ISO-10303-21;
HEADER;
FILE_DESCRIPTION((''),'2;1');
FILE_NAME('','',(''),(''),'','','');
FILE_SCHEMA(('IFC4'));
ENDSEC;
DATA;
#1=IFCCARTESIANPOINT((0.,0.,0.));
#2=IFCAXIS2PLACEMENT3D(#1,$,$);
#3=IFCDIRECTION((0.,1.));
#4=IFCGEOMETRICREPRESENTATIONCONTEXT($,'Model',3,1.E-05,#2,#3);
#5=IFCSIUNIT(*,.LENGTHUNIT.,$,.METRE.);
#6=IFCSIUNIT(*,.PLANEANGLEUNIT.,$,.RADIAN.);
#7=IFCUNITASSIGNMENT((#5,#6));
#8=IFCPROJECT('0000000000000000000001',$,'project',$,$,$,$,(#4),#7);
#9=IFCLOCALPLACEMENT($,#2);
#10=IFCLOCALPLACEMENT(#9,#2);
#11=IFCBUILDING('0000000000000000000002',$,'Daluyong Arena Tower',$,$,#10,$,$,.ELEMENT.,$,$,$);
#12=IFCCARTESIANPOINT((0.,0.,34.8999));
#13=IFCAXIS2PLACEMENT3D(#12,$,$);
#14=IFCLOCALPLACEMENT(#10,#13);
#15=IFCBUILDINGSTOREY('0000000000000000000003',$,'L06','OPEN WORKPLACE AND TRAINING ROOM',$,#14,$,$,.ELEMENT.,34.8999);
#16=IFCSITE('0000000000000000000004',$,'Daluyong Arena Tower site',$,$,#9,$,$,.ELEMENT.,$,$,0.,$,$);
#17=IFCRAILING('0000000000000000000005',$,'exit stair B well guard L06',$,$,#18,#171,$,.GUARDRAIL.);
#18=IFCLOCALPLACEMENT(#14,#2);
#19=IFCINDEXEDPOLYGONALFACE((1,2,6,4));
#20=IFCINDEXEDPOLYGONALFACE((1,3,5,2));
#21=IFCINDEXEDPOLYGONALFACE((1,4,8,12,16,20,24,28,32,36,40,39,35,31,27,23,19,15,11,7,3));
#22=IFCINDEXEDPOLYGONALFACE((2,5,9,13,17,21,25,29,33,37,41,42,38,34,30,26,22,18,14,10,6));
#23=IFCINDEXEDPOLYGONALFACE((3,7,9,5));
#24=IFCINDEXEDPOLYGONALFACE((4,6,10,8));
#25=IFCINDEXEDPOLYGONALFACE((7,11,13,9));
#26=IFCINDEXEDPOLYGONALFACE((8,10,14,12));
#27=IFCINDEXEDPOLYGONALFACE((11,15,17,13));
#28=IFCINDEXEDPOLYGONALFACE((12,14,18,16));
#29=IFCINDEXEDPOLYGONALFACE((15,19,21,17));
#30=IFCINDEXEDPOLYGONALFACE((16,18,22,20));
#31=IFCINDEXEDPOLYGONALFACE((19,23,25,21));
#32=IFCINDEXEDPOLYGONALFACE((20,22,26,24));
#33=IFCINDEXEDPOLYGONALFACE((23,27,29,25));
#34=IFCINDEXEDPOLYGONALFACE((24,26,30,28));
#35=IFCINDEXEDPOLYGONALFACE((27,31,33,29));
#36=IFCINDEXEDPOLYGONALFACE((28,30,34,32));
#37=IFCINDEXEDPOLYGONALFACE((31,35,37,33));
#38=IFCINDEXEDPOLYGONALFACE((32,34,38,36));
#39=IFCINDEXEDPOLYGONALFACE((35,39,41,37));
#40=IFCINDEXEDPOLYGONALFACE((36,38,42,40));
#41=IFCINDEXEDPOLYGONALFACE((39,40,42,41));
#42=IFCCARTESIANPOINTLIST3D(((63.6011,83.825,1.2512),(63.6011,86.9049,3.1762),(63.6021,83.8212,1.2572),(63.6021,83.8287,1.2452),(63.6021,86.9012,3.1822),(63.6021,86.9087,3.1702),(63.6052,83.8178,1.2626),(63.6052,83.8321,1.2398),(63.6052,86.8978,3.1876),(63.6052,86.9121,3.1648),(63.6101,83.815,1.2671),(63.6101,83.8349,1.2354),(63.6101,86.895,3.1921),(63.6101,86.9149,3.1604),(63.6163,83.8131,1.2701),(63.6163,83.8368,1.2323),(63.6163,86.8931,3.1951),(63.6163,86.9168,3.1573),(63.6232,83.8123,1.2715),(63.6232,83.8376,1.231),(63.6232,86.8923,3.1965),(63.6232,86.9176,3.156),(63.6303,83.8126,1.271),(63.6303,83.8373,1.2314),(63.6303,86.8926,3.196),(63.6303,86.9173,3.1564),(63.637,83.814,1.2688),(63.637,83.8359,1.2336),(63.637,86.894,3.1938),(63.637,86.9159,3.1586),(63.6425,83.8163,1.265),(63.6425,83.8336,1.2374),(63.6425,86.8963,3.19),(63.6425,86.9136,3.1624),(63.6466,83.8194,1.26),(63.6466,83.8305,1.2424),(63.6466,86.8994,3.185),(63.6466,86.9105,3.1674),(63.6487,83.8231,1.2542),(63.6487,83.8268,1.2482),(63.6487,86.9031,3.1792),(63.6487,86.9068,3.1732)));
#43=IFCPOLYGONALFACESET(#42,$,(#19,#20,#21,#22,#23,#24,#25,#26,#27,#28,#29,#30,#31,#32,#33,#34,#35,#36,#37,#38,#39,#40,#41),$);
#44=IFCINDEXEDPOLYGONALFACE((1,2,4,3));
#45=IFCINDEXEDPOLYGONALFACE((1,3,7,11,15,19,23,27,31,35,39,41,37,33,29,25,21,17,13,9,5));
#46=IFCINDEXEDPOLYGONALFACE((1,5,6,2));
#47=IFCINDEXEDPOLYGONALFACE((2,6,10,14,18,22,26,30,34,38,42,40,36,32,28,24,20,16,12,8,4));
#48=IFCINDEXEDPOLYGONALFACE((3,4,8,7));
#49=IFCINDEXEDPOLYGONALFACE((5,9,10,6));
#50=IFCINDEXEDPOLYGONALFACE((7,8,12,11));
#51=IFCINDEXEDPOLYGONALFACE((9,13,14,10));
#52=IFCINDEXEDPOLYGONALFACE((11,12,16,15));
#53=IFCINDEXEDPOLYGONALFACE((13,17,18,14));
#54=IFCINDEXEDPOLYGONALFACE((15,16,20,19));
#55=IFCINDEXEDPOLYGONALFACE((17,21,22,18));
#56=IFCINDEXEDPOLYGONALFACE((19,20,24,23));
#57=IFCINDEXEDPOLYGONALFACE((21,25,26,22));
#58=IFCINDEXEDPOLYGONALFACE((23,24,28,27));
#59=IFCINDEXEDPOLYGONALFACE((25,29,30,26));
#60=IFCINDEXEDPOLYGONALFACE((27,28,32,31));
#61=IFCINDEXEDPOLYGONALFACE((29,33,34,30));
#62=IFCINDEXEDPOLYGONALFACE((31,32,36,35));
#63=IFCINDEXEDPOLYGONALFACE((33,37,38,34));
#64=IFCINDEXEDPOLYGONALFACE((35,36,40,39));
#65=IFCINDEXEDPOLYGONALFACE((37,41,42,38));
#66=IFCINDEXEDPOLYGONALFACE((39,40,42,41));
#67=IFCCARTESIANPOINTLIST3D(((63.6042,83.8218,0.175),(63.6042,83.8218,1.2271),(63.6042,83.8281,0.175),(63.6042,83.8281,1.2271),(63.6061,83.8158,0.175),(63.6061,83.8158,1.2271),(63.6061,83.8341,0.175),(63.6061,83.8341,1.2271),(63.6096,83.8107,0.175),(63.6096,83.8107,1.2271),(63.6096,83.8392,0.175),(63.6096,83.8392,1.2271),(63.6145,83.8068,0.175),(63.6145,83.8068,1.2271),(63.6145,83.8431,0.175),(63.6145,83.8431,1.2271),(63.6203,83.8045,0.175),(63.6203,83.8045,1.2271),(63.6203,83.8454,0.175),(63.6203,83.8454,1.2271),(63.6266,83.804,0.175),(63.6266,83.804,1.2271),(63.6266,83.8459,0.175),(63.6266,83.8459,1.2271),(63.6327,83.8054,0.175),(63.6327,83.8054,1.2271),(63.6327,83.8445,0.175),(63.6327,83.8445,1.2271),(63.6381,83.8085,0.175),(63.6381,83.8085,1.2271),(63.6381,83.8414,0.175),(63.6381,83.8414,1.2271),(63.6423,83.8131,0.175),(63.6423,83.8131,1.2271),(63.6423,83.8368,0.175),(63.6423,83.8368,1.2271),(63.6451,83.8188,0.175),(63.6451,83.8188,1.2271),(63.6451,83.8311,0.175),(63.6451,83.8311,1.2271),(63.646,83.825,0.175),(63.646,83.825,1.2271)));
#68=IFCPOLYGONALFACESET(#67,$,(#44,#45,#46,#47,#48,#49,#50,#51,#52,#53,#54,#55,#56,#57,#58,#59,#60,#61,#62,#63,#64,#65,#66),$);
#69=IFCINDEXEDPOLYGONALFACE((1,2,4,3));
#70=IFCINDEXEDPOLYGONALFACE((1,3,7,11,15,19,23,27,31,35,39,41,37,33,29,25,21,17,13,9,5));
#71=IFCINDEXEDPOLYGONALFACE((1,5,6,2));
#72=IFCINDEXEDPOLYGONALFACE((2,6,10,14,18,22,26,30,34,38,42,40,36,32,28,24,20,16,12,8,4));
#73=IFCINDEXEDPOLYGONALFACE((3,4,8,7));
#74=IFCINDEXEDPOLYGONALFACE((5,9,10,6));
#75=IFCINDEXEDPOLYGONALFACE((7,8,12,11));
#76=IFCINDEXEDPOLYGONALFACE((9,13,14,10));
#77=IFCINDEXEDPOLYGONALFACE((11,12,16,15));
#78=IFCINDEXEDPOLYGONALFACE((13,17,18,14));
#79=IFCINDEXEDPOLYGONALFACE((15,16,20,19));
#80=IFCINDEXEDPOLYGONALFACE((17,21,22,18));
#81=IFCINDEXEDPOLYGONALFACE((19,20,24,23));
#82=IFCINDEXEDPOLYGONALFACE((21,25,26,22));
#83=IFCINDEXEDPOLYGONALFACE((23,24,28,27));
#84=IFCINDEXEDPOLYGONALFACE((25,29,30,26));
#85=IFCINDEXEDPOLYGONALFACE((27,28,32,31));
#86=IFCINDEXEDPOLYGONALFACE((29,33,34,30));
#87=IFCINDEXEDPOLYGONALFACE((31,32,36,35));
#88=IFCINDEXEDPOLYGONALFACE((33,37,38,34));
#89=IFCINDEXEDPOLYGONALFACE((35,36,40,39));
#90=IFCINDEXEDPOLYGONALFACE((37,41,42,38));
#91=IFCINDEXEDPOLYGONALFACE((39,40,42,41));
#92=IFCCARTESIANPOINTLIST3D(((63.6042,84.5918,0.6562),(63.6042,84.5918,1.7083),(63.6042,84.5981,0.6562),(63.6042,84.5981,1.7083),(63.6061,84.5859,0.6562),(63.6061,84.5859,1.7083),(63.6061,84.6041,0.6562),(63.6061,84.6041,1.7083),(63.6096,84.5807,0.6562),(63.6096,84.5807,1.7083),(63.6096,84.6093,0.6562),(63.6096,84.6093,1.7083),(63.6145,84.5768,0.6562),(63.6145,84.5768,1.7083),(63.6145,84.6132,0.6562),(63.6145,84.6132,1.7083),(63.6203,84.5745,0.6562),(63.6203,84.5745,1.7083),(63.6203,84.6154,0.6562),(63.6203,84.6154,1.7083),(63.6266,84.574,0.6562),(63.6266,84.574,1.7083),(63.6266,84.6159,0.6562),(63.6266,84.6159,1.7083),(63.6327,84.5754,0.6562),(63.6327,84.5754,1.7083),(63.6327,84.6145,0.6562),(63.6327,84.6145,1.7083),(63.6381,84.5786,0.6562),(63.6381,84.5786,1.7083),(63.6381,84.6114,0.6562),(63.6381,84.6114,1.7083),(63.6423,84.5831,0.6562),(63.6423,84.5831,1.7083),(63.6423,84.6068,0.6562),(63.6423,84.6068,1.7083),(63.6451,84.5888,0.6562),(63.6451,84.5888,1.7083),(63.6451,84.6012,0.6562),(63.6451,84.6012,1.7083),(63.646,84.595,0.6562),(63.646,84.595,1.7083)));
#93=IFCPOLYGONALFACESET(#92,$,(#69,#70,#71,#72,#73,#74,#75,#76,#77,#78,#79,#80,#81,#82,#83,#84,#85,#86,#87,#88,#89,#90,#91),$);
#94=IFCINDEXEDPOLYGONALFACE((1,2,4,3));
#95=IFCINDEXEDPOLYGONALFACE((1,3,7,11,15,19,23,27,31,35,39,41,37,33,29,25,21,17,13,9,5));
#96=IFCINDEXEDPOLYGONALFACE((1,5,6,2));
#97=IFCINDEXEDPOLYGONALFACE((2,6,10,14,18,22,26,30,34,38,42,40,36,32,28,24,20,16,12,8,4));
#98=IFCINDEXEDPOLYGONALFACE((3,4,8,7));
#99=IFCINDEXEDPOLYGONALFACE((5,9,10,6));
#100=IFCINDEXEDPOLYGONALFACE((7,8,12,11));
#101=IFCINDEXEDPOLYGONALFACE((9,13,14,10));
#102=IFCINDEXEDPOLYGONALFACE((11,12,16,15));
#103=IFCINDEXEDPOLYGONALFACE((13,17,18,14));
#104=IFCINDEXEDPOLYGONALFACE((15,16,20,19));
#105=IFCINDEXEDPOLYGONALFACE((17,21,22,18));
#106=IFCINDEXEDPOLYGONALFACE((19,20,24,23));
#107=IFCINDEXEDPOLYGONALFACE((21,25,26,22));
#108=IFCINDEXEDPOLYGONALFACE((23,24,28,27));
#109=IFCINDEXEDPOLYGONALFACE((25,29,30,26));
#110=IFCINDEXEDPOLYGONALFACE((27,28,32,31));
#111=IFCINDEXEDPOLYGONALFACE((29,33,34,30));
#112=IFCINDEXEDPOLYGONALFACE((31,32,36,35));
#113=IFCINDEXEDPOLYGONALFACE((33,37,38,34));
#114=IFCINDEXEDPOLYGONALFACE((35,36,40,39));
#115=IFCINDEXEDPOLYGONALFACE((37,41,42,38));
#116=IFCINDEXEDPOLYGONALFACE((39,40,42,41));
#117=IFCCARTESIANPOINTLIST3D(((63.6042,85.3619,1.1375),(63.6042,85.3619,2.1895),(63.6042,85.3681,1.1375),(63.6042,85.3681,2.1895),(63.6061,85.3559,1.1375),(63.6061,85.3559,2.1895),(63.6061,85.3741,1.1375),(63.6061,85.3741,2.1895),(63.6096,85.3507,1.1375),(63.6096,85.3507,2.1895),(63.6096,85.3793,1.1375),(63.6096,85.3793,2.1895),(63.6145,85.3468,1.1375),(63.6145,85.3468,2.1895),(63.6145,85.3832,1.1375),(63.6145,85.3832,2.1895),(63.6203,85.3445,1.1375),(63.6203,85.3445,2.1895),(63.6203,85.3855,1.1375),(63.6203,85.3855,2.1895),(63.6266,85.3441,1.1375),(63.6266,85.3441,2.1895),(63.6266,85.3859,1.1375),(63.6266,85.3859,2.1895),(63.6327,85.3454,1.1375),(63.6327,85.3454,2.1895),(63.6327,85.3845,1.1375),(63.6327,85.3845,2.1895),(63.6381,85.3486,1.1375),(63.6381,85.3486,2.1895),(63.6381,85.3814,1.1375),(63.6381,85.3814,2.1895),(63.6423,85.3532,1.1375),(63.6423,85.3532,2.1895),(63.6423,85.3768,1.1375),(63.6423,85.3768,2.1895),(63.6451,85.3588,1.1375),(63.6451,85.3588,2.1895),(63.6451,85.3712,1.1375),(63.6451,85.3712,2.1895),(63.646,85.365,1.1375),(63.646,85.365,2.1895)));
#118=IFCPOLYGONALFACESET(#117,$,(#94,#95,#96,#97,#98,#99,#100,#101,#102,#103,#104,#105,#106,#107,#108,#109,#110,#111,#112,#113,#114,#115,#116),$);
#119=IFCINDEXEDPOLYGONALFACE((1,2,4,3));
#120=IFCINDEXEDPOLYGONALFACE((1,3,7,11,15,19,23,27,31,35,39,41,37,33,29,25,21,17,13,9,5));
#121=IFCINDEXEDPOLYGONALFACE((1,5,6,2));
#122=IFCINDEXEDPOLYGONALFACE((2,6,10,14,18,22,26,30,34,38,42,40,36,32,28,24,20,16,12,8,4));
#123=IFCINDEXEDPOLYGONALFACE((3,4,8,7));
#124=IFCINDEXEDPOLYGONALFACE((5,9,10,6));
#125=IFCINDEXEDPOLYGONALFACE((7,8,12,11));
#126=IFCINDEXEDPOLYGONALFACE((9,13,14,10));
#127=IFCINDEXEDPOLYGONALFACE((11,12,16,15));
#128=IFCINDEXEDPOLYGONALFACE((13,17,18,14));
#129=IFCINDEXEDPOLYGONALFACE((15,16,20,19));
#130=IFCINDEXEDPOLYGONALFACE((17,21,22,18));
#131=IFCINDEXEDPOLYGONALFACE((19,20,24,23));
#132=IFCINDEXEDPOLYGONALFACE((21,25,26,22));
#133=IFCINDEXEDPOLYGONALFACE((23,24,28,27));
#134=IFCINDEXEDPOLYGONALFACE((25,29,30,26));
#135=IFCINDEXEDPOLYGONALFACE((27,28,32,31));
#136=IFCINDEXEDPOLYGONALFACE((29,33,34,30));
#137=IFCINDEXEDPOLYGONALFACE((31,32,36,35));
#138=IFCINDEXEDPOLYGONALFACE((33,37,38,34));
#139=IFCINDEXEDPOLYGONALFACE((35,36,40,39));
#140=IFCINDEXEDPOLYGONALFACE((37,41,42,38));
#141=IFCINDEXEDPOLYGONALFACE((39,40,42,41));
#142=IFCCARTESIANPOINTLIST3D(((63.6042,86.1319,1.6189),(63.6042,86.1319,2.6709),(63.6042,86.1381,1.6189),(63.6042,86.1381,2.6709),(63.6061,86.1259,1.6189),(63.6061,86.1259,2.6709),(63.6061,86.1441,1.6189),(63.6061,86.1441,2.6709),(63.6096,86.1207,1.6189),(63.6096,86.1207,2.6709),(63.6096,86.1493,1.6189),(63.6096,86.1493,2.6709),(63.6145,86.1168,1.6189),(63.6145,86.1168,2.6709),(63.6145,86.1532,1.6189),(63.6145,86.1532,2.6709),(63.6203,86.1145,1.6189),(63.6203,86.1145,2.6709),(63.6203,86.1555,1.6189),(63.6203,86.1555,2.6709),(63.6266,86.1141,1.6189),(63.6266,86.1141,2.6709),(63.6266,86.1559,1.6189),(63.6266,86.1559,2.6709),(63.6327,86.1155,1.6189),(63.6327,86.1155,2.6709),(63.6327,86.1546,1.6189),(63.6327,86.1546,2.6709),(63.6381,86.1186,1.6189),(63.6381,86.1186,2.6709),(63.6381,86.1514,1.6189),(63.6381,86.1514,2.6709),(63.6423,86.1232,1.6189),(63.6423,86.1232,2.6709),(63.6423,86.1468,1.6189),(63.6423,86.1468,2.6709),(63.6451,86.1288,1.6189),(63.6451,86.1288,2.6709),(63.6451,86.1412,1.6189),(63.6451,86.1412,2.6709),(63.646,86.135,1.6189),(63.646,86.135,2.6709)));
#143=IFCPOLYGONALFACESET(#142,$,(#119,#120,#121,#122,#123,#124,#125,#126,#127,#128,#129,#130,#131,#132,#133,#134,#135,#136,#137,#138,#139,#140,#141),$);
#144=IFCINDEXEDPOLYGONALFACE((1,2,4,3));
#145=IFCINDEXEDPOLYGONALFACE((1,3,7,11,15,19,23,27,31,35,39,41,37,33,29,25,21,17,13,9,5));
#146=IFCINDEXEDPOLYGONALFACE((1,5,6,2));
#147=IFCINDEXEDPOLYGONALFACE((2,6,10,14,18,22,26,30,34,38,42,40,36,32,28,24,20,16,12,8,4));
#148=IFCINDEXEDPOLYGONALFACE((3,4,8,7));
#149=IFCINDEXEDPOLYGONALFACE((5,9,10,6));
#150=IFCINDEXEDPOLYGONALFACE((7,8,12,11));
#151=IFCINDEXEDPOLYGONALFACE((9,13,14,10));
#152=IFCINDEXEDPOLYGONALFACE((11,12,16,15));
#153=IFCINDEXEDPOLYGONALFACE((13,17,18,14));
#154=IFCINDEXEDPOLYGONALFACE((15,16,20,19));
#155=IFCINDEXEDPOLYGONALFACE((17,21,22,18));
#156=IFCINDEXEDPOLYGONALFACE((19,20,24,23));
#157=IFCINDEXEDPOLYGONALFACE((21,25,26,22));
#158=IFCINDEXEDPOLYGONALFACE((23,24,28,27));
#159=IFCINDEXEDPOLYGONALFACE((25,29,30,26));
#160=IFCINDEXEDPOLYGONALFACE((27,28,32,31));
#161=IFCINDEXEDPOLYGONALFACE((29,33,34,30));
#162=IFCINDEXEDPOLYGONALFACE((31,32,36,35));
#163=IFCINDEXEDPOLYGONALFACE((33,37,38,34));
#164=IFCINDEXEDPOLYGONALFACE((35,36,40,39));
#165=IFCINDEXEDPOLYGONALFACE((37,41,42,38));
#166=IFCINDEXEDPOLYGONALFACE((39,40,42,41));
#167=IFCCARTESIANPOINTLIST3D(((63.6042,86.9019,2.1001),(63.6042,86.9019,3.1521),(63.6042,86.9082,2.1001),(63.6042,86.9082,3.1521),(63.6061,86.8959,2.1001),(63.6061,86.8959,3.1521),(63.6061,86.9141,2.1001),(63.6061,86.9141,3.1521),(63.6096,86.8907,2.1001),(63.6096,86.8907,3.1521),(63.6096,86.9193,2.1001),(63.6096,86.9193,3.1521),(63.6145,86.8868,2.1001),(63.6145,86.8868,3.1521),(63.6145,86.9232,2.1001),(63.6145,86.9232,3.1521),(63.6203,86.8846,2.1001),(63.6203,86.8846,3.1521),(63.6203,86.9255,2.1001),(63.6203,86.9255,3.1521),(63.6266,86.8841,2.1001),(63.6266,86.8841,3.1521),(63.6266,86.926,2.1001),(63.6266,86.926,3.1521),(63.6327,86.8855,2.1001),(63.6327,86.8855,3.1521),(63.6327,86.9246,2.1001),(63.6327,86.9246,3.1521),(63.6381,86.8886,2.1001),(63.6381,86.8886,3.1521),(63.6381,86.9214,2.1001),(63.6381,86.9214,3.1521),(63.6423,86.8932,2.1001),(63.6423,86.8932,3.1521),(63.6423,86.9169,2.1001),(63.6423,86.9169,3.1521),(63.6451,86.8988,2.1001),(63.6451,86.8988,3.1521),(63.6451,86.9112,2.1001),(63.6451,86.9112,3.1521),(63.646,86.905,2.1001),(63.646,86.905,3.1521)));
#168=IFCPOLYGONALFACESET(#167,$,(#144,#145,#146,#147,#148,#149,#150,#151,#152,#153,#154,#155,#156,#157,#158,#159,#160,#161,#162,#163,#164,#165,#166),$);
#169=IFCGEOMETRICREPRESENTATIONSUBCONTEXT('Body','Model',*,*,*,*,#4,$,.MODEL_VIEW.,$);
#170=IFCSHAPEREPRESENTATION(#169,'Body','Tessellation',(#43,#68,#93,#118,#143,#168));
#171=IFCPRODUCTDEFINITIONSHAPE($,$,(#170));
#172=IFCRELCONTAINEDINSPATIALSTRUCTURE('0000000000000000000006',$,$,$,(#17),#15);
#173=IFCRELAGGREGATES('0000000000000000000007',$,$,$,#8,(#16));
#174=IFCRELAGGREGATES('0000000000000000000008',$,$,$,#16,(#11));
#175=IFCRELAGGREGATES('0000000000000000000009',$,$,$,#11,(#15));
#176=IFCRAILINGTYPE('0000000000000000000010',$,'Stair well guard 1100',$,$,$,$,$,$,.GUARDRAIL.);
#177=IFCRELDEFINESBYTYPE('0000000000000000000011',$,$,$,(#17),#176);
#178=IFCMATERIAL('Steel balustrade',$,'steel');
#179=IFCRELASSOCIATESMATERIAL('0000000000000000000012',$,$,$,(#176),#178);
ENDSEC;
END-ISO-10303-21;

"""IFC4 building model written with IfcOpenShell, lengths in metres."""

from ifc_helpers import new_model, si_unit, direction, frame, origin, origin_2d, place, context, subcontext, project, spatial, circle, extrude, material, type_object, element, save


model = new_model("IFC4")

# Units and contexts
model_context = context("Model", 3, precision=1e-05, world=origin(), true_north=direction((0.0, 1.0)))
body_context = subcontext(model_context, "Body", "Model", "MODEL_VIEW")
ifc_project = project(units=[si_unit("LENGTHUNIT", "METRE"), si_unit("PLANEANGLEUNIT", "RADIAN")], contexts=[model_context])

# Site, building, storey
site_placement = place(None, origin())
site = spatial("IfcSite", under=ifc_project, at=site_placement, Name="Daluyong Arena Tower site", CompositionType="ELEMENT", RefElevation=0.0)
building_placement = place(site_placement, origin())
building = spatial("IfcBuilding", under=site, at=building_placement, Name="Daluyong Arena Tower", CompositionType="ELEMENT")
storey_placement = place(building_placement, frame((0.0, 0.0, 34.8999)))
storey = spatial("IfcBuildingStorey", under=building, at=storey_placement, Name="L06", Description="OPEN WORKPLACE AND TRAINING ROOM", CompositionType="ELEMENT", Elevation=34.8999)

# Railing
ifc_material_1 = material(Name="Steel balustrade", Category="steel")
railing_type_1 = type_object("IfcRailingType", Name="Stair well guard 1100", PredefinedType="GUARDRAIL", material=ifc_material_1)
railing_1_placement = place(storey_placement, frame((63.625, 83.825, 0.175)))
element("IfcRailing", 1, at=railing_1_placement, inside=storey, type_object=railing_type_1, Name="exit stair B well guard L06", PredefinedType="GUARDRAIL", context=body_context, shape_type="SweptSolid", body=[
    extrude(circle(Radius=0.0239, at=origin_2d()), frame((0.0, 0.0, 1.0762), z_axis=(0.0, 0.847998, 0.529999), x_axis=(-1.0, 0.0, 0.0)), (0.0, 0.0, 1.0), 3.6321),
    extrude(circle(Radius=0.021, at=origin_2d()), origin(), (0.0, 0.0, 1.0), 1.052),
    extrude(circle(Radius=0.021, at=origin_2d()), frame((0.0, 0.77, 0.4812)), (0.0, 0.0, 1.0), 1.052),
    extrude(circle(Radius=0.021, at=origin_2d()), frame((0.0, 1.54, 0.9624)), (0.0, 0.0, 1.0), 1.052),
    extrude(circle(Radius=0.021, at=origin_2d()), frame((0.0, 2.3101, 1.4438)), (0.0, 0.0, 1.0), 1.052),
    extrude(circle(Radius=0.021, at=origin_2d()), frame((0.0, 3.0801, 1.925)), (0.0, 0.0, 1.0), 1.052),
])

save(model, "model.ifc")
